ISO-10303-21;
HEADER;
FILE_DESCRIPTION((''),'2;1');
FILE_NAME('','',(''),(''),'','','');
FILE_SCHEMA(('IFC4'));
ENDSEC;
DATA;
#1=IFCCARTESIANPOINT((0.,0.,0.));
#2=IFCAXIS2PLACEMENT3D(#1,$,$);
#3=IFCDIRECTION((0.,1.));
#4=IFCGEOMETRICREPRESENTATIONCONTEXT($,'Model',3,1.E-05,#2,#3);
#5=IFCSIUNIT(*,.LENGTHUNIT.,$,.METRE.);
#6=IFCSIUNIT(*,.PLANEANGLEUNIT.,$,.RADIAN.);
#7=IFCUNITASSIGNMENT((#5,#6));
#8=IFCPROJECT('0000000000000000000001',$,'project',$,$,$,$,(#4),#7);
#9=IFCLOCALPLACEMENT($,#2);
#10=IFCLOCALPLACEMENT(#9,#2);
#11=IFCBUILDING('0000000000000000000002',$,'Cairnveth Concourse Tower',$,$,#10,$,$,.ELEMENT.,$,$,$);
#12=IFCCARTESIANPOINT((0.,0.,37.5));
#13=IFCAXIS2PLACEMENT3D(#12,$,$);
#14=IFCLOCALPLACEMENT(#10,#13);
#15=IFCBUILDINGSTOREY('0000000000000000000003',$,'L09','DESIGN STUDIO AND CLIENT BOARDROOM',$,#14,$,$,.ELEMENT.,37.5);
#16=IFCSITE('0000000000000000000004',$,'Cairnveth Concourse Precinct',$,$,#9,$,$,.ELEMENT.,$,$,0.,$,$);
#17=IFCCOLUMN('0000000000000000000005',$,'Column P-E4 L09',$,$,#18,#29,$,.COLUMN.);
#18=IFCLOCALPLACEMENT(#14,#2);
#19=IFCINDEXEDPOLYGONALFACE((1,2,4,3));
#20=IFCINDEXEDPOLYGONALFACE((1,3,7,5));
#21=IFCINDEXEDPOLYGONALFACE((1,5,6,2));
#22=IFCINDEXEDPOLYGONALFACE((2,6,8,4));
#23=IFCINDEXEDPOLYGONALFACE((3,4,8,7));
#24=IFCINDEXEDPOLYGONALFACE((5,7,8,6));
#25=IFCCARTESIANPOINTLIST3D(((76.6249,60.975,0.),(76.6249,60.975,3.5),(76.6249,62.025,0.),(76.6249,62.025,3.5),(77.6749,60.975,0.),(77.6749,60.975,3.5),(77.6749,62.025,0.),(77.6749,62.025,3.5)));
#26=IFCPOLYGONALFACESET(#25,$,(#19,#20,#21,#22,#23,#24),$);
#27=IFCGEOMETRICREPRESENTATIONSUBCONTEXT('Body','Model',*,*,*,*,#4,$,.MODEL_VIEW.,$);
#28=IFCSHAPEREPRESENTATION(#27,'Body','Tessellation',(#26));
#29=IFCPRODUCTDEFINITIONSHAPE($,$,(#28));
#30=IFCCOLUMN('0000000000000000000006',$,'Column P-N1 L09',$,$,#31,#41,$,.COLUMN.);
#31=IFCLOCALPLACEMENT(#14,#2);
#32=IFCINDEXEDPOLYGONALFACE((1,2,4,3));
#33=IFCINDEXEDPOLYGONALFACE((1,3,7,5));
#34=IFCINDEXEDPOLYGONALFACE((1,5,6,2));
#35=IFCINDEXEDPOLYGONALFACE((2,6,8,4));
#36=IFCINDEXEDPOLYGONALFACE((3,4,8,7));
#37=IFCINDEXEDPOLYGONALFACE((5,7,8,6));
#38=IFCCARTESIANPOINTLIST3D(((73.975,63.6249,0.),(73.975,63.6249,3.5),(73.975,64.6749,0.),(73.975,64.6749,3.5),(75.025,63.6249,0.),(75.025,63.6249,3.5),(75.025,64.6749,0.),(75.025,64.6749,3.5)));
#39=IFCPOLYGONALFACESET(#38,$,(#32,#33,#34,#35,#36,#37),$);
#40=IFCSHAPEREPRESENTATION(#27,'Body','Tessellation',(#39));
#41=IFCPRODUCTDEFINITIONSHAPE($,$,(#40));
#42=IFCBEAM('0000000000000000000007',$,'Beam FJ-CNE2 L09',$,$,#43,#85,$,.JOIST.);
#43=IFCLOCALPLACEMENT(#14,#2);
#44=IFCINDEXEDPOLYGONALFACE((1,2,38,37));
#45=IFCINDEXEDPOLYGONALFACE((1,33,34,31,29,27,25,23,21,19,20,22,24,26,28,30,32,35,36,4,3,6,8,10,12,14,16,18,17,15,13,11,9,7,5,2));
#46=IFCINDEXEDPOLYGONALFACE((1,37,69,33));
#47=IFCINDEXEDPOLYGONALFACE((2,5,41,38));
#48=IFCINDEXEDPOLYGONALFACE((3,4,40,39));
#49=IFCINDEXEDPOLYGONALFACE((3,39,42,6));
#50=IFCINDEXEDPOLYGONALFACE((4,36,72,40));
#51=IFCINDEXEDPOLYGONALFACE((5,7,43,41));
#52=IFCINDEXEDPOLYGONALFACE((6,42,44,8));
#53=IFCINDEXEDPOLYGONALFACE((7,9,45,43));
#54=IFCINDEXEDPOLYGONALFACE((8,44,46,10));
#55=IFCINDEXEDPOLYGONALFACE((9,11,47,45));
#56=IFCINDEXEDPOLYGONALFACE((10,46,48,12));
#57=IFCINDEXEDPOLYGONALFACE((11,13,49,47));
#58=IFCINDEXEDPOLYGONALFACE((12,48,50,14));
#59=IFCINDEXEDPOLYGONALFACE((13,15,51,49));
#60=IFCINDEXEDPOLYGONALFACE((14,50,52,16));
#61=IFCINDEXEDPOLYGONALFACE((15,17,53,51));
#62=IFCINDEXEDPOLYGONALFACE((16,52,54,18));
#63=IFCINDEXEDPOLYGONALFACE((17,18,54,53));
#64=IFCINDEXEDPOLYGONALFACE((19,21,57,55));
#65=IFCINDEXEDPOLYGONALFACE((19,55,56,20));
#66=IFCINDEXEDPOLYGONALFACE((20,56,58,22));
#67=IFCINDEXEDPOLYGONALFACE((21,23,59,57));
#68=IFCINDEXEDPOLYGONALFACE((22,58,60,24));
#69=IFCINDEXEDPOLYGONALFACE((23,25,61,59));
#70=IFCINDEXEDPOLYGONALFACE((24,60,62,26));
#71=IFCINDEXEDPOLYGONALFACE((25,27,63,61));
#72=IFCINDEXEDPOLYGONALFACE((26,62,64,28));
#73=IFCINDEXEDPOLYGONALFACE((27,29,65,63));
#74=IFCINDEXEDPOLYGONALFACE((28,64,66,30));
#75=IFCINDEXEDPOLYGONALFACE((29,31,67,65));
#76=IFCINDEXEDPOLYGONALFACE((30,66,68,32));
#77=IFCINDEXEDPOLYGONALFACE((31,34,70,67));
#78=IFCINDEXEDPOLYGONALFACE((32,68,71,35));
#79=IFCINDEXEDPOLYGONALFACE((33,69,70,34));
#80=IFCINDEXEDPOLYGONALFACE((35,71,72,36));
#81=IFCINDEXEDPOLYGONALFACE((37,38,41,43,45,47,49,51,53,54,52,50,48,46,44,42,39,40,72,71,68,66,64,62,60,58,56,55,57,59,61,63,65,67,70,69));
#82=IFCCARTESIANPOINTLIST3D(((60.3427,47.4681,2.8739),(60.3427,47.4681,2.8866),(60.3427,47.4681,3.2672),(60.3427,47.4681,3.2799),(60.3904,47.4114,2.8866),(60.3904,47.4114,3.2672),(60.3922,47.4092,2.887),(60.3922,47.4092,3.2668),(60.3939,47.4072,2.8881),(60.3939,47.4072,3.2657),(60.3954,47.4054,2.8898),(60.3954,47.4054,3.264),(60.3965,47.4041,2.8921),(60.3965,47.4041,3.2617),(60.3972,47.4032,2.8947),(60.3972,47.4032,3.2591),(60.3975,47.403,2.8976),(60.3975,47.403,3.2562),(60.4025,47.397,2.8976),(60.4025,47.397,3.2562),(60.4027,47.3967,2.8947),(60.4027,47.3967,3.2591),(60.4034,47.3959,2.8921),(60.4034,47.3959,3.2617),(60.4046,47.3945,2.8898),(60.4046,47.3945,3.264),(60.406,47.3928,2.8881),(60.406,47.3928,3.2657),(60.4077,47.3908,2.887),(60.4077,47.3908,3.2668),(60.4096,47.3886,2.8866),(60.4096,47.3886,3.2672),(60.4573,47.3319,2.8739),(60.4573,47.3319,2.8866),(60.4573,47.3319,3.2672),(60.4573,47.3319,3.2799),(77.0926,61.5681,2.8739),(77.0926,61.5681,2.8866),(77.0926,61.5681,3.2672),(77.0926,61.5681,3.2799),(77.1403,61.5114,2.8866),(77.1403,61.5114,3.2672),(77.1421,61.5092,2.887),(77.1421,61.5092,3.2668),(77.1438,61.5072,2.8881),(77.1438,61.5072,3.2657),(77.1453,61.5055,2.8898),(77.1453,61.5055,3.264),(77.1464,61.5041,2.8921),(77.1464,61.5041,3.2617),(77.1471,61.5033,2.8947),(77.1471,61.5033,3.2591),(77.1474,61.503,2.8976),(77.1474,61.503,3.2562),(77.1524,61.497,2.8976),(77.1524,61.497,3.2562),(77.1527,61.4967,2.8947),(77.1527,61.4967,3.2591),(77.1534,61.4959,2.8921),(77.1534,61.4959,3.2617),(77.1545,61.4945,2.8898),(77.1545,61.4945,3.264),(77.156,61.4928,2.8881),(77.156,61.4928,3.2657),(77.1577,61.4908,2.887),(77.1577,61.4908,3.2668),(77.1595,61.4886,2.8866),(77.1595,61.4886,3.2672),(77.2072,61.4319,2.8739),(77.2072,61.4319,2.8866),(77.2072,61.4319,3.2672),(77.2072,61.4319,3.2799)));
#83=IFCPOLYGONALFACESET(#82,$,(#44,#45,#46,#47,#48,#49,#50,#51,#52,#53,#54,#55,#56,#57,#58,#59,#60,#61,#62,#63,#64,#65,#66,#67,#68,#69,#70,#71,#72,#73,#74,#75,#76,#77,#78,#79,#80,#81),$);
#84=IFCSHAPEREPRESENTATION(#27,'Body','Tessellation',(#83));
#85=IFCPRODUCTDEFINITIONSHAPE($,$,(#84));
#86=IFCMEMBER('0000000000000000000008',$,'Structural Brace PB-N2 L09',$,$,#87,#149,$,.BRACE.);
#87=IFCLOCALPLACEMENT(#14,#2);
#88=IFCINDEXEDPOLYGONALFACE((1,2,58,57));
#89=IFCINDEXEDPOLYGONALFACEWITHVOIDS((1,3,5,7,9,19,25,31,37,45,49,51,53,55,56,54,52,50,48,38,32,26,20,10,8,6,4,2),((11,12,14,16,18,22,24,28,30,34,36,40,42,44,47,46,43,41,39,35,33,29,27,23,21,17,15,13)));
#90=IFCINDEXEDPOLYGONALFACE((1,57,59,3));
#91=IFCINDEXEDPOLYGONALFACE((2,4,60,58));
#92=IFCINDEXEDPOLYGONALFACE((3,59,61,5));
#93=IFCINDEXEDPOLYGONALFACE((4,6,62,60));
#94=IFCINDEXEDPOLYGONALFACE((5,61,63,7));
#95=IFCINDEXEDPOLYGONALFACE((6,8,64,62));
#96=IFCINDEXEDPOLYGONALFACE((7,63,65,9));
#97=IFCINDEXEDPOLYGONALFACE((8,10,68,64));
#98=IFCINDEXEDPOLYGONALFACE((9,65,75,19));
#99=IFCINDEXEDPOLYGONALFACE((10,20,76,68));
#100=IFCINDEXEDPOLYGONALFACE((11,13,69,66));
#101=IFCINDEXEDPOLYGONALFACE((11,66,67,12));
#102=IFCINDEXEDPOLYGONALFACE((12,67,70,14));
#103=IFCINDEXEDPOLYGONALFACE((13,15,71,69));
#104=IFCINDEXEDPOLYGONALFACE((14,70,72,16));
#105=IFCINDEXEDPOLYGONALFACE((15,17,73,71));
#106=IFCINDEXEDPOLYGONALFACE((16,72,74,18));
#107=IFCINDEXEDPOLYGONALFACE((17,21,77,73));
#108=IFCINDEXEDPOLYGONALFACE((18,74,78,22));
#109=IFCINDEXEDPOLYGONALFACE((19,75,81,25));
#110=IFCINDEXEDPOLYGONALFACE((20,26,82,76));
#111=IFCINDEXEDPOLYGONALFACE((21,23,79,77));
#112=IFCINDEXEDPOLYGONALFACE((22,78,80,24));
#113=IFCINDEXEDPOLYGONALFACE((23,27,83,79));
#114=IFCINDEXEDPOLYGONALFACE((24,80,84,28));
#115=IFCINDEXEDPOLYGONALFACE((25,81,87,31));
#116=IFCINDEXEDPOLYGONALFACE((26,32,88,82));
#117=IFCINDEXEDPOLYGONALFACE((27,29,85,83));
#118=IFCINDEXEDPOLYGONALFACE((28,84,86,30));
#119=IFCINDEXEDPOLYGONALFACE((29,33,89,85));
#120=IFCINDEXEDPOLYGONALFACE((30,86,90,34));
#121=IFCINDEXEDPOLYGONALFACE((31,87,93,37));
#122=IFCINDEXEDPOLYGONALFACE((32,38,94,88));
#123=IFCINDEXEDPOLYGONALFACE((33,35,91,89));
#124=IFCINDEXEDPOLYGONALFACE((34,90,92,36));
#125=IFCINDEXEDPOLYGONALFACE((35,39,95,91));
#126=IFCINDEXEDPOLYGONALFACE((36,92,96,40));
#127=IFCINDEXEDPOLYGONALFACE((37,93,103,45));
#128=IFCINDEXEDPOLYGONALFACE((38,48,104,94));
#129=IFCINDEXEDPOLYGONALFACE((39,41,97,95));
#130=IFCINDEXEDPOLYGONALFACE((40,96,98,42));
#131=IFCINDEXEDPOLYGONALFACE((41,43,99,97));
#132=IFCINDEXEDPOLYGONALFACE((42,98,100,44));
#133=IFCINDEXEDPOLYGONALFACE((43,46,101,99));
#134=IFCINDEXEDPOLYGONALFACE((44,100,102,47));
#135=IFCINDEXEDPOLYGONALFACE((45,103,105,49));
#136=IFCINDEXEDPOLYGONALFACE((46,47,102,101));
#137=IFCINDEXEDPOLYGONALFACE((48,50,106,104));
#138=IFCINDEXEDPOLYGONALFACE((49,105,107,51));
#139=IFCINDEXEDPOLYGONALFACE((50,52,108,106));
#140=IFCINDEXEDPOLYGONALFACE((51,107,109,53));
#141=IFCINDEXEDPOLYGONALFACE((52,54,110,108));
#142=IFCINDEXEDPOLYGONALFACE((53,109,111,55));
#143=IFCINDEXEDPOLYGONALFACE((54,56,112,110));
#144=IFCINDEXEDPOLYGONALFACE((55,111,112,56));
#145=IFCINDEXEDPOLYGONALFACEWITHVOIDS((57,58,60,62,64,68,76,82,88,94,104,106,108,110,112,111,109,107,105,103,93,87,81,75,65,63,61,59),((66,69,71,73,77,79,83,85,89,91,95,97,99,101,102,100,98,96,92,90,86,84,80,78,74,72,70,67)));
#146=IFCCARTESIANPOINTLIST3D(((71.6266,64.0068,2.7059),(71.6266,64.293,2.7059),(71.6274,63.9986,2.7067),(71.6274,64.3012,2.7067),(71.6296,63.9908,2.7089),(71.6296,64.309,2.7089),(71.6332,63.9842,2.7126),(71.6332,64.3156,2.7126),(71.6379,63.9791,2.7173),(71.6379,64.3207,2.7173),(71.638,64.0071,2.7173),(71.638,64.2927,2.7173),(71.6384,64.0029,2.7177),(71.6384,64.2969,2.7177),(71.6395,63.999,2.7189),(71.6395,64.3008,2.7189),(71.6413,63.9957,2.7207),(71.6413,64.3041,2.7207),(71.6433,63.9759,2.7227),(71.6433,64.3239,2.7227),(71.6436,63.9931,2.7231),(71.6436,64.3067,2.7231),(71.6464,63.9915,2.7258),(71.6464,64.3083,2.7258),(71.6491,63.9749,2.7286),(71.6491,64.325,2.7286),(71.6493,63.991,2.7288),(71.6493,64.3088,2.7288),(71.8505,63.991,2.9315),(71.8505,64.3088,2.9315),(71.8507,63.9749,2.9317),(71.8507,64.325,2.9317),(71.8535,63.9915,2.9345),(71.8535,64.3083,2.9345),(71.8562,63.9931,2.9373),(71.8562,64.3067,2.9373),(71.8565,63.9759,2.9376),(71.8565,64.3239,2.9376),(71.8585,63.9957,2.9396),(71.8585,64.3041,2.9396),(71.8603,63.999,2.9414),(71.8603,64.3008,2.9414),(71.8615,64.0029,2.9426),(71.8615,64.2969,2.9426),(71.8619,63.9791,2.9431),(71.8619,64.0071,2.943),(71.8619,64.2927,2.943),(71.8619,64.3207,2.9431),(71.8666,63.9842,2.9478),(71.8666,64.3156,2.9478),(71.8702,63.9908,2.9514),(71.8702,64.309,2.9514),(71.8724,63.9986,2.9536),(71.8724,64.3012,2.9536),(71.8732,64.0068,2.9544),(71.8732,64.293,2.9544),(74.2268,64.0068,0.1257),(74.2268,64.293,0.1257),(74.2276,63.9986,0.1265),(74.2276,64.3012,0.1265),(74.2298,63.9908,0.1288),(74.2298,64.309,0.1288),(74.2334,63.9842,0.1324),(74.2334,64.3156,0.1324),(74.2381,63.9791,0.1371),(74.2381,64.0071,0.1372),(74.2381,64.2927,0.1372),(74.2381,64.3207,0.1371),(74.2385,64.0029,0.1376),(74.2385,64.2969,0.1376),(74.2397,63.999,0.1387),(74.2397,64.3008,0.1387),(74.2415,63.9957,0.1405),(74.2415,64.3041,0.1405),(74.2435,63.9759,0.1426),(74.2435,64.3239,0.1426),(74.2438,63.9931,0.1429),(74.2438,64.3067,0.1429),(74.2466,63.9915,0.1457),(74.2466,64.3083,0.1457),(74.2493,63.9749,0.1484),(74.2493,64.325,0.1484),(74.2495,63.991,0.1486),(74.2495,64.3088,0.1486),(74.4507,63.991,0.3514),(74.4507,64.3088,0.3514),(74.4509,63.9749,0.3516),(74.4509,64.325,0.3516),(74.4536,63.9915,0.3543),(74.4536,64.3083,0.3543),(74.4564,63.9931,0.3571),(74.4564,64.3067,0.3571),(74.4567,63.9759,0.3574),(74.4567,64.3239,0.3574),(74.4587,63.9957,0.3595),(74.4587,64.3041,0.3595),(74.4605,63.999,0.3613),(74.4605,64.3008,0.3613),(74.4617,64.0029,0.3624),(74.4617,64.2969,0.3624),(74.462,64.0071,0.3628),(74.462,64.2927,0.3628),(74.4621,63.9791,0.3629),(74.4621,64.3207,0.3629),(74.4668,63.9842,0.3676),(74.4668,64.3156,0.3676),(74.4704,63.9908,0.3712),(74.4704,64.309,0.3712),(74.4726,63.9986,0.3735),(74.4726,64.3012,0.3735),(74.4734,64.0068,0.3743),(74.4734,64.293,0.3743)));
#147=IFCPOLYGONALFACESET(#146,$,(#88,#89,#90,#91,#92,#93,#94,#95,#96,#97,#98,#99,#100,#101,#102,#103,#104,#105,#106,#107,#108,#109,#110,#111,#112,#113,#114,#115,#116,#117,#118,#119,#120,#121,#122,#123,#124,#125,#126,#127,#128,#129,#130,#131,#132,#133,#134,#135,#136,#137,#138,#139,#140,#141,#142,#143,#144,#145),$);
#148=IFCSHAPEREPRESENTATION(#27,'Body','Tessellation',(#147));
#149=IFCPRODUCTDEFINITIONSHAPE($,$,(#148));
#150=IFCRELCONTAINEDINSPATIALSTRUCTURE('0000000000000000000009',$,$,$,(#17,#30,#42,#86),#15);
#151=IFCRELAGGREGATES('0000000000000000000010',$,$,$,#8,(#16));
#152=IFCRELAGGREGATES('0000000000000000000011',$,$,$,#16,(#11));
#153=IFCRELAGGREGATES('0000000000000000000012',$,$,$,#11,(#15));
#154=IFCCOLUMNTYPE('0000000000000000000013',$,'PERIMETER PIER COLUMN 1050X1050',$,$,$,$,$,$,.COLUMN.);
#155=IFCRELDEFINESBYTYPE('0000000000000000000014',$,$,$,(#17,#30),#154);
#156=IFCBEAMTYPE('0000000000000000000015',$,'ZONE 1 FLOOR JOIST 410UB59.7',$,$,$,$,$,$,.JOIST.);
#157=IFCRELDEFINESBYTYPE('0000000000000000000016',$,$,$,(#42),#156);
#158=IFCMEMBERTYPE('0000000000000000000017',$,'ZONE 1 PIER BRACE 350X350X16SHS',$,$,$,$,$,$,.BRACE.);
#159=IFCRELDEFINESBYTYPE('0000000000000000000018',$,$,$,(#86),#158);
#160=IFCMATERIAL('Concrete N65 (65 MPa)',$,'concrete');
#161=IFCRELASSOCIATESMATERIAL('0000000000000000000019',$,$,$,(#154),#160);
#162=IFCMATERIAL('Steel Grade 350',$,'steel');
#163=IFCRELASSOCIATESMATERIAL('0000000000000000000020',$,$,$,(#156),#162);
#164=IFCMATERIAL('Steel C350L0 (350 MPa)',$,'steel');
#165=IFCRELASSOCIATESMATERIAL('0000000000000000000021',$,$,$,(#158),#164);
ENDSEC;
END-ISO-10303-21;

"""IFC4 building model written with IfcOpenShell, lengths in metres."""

from ifc_helpers import new_model, si_unit, direction, frame, origin, origin_2d, place, context, subcontext, project, spatial, rectangle, hollow_rectangle, i_section, extrude, material, material_profile, profile_set, type_object, element, save


model = new_model("IFC4")

# Units and contexts
model_context = context("Model", 3, precision=1e-05, world=origin(), true_north=direction((0.0, 1.0)))
body_context = subcontext(model_context, "Body", "Model", "MODEL_VIEW")
ifc_project = project(units=[si_unit("LENGTHUNIT", "METRE"), si_unit("PLANEANGLEUNIT", "RADIAN")], contexts=[model_context])

# Site, building, storey
site_placement = place(None, origin())
site = spatial("IfcSite", under=ifc_project, at=site_placement, Name="Cairnveth Concourse Precinct", CompositionType="ELEMENT", RefElevation=0.0)
building_placement = place(site_placement, origin())
building = spatial("IfcBuilding", under=site, at=building_placement, Name="Cairnveth Concourse Tower", CompositionType="ELEMENT")
storey_placement = place(building_placement, frame((0.0, 0.0, 37.5)))
storey = spatial("IfcBuildingStorey", under=building, at=storey_placement, Name="L09", Description="DESIGN STUDIO AND CLIENT BOARDROOM", CompositionType="ELEMENT", Elevation=37.5)

# Columns
ifc_material_1 = material(Name="Concrete N65 (65 MPa)", Category="concrete")
ifc_material_profile_1 = material_profile(ifc_material_1, rectangle(XDim=1.05, YDim=1.05, at=origin_2d()), Name="RC-COL-1050x1050")
ifc_profile_set_1 = profile_set([ifc_material_profile_1], Name="Concrete N65 (65 MPa)")
column_type = type_object("IfcColumnType", Name="PERIMETER PIER COLUMN 1050X1050", PredefinedType="COLUMN", material=ifc_profile_set_1)
for number, where, z_axis, x_axis, name in (
    (1, (77.1499, 61.5, 0.0), (0.0, 0.0, 1.0), (0.0, 1.0, 0.0), "Column P-E4 L09"),
    (2, (74.5, 64.1499, 0.0), (0.0, 0.0, 1.0), (1.0, 0.0, 0.0), "Column P-N1 L09"),
):
    element("IfcColumn", number, at=place(storey_placement, frame(where, z_axis=z_axis, x_axis=x_axis)), inside=storey, type_object=column_type, Name=name, PredefinedType="COLUMN", context=body_context, shape_type="SweptSolid", body=[
        extrude(rectangle(XDim=1.05, YDim=1.05, at=origin_2d()), origin(), (0.0, 0.0, 1.0), 3.5),
    ])

# Beam
ifc_material_2 = material(Name="Steel Grade 350", Category="steel")
ifc_material_profile_2 = material_profile(ifc_material_2, i_section(OverallWidth=0.178, OverallDepth=0.406, WebThickness=0.0078, FlangeThickness=0.0127, FilletRadius=0.011, at=origin_2d()), Name="410UB59.7")
ifc_profile_set_2 = profile_set([ifc_material_profile_2], Name="Steel Grade 350")
beam_type_1 = type_object("IfcBeamType", Name="ZONE 1 FLOOR JOIST 410UB59.7", PredefinedType="JOIST", material=ifc_profile_set_2)
beam_1_placement = place(storey_placement, frame((77.1499, 61.5, 3.0769), z_axis=(-0.765027, -0.643998, 0.0), x_axis=(0.643998, -0.765027, 0.0)))
element("IfcBeam", 3, at=beam_1_placement, inside=storey, type_object=beam_type_1, Name="Beam FJ-CNE2 L09", PredefinedType="JOIST", context=body_context, shape_type="SweptSolid", body=[
    extrude(i_section(OverallWidth=0.178, OverallDepth=0.406, WebThickness=0.0078, FlangeThickness=0.0127, FilletRadius=0.011, at=origin_2d()), origin(), (0.0, 0.0, 1.0), 21.8945),
])

# Member
ifc_material_3 = material(Name="Steel C350L0 (350 MPa)", Category="steel")
ifc_material_profile_3 = material_profile(ifc_material_3, hollow_rectangle(XDim=0.3501, YDim=0.3501, WallThickness=0.0161, InnerFilletRadius=0.0161, OuterFilletRadius=0.032, at=origin_2d()), Name="350x350x16.0SHS")
ifc_profile_set_3 = profile_set([ifc_material_profile_3], Name="Steel C350L0 (350 MPa)")
member_type = type_object("IfcMemberType", Name="ZONE 1 PIER BRACE 350X350X16SHS", PredefinedType="BRACE", material=ifc_profile_set_3)
for number, where, z_axis, x_axis, name in (
    (4, (74.3501, 64.1499, 0.25), (-0.709834, 0.0, 0.704369), (0.0, -1.0, 0.0), "Structural Brace PB-N2 L09"),
):
    element("IfcMember", number, at=place(storey_placement, frame(where, z_axis=z_axis, x_axis=x_axis)), inside=storey, type_object=member_type, Name=name, PredefinedType="BRACE", context=body_context, shape_type="SweptSolid", body=[
        extrude(hollow_rectangle(XDim=0.3501, YDim=0.3501, WallThickness=0.0161, InnerFilletRadius=0.0161, OuterFilletRadius=0.032, at=origin_2d()), origin(), (0.0, 0.0, 1.0), 3.6631),
    ])

save(model, "model.ifc")
